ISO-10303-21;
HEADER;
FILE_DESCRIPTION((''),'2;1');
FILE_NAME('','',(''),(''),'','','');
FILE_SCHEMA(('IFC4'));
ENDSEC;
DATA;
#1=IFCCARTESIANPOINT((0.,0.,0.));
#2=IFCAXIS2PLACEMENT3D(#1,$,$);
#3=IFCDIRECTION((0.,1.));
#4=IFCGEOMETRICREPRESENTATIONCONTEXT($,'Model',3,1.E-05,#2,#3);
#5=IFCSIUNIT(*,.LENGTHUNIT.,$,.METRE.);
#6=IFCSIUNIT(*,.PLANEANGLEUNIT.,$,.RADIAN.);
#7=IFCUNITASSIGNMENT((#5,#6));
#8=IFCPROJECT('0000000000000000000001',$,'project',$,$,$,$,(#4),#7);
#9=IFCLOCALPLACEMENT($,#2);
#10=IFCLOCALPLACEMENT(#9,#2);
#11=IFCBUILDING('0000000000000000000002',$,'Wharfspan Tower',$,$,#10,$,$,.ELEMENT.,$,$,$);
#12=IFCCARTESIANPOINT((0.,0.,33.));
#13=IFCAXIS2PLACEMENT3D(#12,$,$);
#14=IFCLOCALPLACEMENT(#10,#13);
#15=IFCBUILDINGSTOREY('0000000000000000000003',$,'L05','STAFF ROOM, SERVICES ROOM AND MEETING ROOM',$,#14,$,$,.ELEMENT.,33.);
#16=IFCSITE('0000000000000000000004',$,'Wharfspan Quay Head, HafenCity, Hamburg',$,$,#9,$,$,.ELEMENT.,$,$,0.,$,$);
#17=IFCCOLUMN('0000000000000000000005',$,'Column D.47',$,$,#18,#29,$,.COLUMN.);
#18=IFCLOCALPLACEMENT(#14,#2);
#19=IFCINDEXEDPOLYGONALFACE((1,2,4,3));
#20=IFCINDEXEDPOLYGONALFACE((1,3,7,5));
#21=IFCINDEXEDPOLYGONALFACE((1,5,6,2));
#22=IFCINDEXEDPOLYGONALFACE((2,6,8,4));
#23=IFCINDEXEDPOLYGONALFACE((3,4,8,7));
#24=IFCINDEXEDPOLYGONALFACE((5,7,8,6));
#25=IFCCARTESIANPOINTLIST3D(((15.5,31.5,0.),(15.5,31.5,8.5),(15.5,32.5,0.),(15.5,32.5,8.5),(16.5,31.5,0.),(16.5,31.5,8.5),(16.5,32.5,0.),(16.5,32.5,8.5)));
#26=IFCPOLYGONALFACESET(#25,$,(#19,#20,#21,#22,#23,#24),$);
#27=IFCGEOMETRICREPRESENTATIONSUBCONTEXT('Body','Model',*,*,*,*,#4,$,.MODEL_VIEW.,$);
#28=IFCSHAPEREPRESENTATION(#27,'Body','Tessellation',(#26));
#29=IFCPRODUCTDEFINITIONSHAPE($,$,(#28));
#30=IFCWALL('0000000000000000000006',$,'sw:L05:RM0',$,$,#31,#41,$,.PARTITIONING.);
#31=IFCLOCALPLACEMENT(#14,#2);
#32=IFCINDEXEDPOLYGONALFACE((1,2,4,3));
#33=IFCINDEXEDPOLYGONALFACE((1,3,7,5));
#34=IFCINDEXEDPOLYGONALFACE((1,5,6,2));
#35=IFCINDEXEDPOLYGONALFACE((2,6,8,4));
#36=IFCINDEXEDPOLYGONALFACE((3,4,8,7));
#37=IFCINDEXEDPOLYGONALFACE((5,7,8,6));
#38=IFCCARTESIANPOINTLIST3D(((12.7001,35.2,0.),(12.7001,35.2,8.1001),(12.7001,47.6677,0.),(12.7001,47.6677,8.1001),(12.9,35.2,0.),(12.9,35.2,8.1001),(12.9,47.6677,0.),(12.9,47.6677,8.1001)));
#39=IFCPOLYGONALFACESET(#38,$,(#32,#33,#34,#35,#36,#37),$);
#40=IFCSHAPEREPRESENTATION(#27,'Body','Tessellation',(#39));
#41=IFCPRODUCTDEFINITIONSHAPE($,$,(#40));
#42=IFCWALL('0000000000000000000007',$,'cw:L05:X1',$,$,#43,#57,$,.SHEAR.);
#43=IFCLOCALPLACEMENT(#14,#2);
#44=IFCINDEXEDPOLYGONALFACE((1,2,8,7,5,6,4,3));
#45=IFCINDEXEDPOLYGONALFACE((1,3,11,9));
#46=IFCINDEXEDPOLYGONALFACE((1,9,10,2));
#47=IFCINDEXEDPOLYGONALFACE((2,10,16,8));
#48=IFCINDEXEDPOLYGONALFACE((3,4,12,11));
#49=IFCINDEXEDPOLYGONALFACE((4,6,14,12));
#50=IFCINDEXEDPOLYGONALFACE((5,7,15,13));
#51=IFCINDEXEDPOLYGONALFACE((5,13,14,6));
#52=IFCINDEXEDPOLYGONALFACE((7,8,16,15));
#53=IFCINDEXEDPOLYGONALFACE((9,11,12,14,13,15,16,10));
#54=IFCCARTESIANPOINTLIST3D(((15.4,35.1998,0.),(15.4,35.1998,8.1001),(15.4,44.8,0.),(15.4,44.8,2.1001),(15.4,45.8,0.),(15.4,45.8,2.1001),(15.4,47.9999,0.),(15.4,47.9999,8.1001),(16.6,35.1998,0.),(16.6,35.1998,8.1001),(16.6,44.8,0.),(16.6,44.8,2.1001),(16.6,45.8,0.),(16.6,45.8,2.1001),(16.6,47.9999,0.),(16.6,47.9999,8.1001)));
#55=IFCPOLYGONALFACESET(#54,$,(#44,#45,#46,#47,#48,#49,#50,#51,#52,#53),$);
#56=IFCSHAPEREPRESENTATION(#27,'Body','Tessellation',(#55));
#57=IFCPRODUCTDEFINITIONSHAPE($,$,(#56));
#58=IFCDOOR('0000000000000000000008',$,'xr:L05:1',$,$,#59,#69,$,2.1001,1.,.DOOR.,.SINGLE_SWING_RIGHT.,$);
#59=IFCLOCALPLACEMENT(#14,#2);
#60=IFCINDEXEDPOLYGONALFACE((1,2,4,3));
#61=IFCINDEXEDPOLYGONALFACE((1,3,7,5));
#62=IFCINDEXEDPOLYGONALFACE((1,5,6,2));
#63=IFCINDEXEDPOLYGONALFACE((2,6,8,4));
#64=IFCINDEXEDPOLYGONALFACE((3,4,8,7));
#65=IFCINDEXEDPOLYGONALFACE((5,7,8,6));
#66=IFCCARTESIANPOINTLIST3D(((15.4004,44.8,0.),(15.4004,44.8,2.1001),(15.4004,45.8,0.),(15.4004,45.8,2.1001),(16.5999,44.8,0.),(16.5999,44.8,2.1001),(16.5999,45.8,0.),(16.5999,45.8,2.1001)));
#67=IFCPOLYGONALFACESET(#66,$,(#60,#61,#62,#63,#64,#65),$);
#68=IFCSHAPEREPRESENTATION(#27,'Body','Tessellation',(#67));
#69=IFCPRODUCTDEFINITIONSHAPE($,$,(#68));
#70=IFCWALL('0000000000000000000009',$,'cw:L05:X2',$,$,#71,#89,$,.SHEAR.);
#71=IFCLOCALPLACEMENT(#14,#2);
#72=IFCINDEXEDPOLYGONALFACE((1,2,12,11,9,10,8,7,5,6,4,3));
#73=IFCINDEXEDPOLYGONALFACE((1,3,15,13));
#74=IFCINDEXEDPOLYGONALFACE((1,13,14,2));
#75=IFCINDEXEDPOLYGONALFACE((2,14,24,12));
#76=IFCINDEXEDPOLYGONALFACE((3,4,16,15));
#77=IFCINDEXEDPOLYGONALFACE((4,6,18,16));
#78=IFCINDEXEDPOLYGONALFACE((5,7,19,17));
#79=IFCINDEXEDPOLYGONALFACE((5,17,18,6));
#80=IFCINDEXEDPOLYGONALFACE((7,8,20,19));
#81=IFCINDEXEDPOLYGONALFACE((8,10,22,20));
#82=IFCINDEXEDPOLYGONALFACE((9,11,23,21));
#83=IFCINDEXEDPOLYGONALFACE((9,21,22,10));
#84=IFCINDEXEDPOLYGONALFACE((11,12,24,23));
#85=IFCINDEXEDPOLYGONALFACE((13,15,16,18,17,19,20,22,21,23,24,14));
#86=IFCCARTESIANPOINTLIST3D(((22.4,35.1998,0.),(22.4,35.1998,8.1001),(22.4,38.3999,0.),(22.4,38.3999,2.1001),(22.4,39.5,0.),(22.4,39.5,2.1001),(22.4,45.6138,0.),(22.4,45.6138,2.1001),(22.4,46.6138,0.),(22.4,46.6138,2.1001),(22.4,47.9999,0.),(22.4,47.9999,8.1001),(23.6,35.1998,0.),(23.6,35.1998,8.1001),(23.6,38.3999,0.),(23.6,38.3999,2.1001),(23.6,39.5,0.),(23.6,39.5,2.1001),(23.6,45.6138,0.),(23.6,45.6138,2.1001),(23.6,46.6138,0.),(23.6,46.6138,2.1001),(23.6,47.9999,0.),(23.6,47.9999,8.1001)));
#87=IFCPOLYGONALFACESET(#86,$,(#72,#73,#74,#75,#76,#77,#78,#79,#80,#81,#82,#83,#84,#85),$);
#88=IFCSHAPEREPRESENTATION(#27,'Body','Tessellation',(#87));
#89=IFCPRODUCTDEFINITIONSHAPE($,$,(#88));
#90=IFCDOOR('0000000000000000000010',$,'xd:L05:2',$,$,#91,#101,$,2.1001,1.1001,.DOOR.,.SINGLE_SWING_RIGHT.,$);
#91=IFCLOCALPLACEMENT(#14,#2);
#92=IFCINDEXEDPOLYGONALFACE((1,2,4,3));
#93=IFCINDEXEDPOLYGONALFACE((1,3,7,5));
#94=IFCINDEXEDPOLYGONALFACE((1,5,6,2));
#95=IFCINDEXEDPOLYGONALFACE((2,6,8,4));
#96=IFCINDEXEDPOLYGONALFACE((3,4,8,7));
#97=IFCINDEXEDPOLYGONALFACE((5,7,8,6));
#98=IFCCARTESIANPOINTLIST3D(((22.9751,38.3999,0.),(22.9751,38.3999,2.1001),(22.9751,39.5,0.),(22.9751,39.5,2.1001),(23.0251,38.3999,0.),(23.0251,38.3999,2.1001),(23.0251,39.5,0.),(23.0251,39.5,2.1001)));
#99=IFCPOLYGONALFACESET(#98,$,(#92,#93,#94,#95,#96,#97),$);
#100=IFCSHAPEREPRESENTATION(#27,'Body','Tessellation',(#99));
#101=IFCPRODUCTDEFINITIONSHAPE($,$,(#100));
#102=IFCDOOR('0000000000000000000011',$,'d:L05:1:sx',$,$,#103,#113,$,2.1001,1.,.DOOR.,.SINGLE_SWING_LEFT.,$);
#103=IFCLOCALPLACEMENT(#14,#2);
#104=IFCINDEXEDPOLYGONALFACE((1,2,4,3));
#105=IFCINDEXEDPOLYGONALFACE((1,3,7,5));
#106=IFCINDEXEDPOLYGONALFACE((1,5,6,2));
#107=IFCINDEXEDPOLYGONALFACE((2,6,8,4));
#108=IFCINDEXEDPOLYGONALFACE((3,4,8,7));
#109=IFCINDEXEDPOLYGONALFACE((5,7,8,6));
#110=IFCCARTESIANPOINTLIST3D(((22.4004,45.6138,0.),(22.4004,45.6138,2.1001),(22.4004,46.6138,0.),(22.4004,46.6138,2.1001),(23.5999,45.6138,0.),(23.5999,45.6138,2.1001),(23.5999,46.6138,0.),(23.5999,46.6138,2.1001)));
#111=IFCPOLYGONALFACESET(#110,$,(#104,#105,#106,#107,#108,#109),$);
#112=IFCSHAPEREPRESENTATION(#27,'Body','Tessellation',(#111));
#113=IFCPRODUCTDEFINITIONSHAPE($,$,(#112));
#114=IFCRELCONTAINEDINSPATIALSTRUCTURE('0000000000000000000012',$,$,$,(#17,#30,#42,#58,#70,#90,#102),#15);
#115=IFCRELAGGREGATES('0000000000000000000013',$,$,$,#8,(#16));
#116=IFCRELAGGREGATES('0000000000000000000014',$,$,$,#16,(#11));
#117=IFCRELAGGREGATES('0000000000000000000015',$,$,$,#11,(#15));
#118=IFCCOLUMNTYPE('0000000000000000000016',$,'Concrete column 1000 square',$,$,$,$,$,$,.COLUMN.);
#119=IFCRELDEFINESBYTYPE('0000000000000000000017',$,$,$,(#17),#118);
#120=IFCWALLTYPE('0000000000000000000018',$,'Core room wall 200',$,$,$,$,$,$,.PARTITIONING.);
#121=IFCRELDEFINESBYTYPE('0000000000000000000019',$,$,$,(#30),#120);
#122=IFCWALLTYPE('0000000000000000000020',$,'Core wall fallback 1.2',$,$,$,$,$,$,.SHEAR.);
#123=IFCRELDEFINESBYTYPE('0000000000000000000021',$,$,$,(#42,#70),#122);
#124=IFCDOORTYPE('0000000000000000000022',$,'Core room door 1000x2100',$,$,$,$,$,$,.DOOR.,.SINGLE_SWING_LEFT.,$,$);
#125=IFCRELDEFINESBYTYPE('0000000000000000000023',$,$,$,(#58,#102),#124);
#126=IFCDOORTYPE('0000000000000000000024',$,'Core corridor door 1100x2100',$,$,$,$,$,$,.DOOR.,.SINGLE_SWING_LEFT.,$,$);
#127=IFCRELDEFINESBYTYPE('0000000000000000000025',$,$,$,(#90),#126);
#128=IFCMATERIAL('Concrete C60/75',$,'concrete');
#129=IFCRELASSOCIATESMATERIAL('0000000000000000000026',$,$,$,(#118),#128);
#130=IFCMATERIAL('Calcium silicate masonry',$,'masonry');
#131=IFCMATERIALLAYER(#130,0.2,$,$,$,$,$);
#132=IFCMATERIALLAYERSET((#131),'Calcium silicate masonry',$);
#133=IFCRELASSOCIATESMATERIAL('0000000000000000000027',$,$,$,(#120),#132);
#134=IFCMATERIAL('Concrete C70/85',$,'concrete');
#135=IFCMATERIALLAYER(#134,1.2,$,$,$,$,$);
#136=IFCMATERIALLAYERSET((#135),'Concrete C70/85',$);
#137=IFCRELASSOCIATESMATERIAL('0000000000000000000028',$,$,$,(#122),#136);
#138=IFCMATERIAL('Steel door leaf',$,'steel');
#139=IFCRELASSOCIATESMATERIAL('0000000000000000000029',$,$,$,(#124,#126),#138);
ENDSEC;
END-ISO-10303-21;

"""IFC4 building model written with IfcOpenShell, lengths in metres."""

from ifc_helpers import new_model, si_unit, direction, frame, frame_2d, origin, origin_2d, place, context, subcontext, project, spatial, rectangle, extrude, material, layer, layer_set, material_profile, profile_set, type_object, element, fill, save


model = new_model("IFC4")

# Units and contexts
model_context = context("Model", 3, precision=1e-05, world=origin(), true_north=direction((0.0, 1.0)))
body_context = subcontext(model_context, "Body", "Model", "MODEL_VIEW")
ifc_project = project(units=[si_unit("LENGTHUNIT", "METRE"), si_unit("PLANEANGLEUNIT", "RADIAN")], contexts=[model_context])

# Site, building, storey
site_placement = place(None, origin())
site = spatial("IfcSite", under=ifc_project, at=site_placement, Name="Wharfspan Quay Head, HafenCity, Hamburg", CompositionType="ELEMENT", RefElevation=0.0)
building_placement = place(site_placement, origin())
building = spatial("IfcBuilding", under=site, at=building_placement, Name="Wharfspan Tower", CompositionType="ELEMENT")
storey_placement = place(building_placement, frame((0.0, 0.0, 33.0)))
storey = spatial("IfcBuildingStorey", under=building, at=storey_placement, Name="L05", Description="STAFF ROOM, SERVICES ROOM AND MEETING ROOM", CompositionType="ELEMENT", Elevation=33.0)

# Column
ifc_material_1 = material(Name="Concrete C60/75", Category="concrete")
ifc_material_profile = material_profile(ifc_material_1, rectangle(XDim=1.0, YDim=1.0, at=origin_2d()))
ifc_profile_set = profile_set([ifc_material_profile], Name="Concrete C60/75")
column_type = type_object("IfcColumnType", Name="Concrete column 1000 square", PredefinedType="COLUMN", material=ifc_profile_set)
column_placement = place(storey_placement, frame((16.0, 32.0, 0.0), z_axis=(0.0, 0.0, 1.0), x_axis=(1.0, 0.0, 0.0)))
element("IfcColumn", 1, at=column_placement, inside=storey, type_object=column_type, Name="Column D.47", PredefinedType="COLUMN", context=body_context, shape_type="SweptSolid", body=[
    extrude(rectangle(XDim=1.0, YDim=1.0, at=origin_2d()), origin(), (0.0, 0.0, 1.0), 8.5),
])

# Wall
ifc_material_2 = material(Name="Calcium silicate masonry", Category="masonry")
ifc_layer_1 = layer(ifc_material_2, 0.2)
ifc_layer_set_1 = layer_set([ifc_layer_1], Name="Calcium silicate masonry")
wall_type_1 = type_object("IfcWallType", Name="Core room wall 200", PredefinedType="PARTITIONING", material=ifc_layer_set_1)
wall_1_placement = place(storey_placement, frame((12.8, 35.2, 0.0), z_axis=(0.0, 0.0, 1.0), x_axis=(0.0, 1.0, 0.0)))
element("IfcWall", 2, at=wall_1_placement, inside=storey, type_object=wall_type_1, Name="sw:L05:RM0", PredefinedType="PARTITIONING", context=body_context, shape_type="SweptSolid", body=[
    extrude(rectangle(XDim=12.4678, YDim=0.2, at=frame_2d((6.2339, 0.0))), origin(), (0.0, 0.0, 1.0), 8.1001),
])

# Wall, opening, door
ifc_material_3 = material(Name="Concrete C70/85", Category="concrete")
ifc_layer_2 = layer(ifc_material_3, 1.2)
ifc_layer_set_2 = layer_set([ifc_layer_2], Name="Concrete C70/85")
wall_type_2 = type_object("IfcWallType", Name="Core wall fallback 1.2", PredefinedType="SHEAR", material=ifc_layer_set_2)
wall_2_placement = place(storey_placement, frame((16.0, 35.2, 0.0), z_axis=(0.0, 0.0, 1.0), x_axis=(0.0, 1.0, 0.0)))
wall_2 = element("IfcWall", 3, at=wall_2_placement, inside=storey, type_object=wall_type_2, Name="cw:L05:X1", PredefinedType="SHEAR", context=body_context, shape_type="SweptSolid", body=[
    extrude(rectangle(XDim=12.8, YDim=1.2, at=frame_2d((6.3999, 0.0))), origin(), (0.0, 0.0, 1.0), 8.1001),
])
opening_1_placement = place(wall_2_placement, frame((9.6001, 0.0, 0.0)))
opening_1 = element("IfcOpeningElement", 4, at=opening_1_placement, cuts=wall_2, PredefinedType="OPENING", context=body_context, shape_type="SweptSolid", body=[
    extrude(rectangle(XDim=1.0, YDim=2.1001, at=frame_2d((0.5, 1.05))), frame((0.0, 0.6099, 0.0), z_axis=(0.0, -1.0, 0.0), x_axis=(1.0, 0.0, 0.0)), (0.0, 0.0, 1.0), 1.22),
])
ifc_material_4 = material(Name="Steel door leaf", Category="steel")
door_type_1 = type_object("IfcDoorType", Name="Core room door 1000x2100", OperationType="SINGLE_SWING_LEFT", PredefinedType="DOOR", material=ifc_material_4)
door_1_placement = place(opening_1_placement, origin())
door_1 = element("IfcDoor", 5, at=door_1_placement, inside=storey, type_object=door_type_1, Name="xr:L05:1", OperationType="SINGLE_SWING_RIGHT", OverallHeight=2.1001, OverallWidth=1.0, PredefinedType="DOOR", context=body_context, shape_type="SweptSolid", body=[
    extrude(rectangle(XDim=1.0, YDim=2.1001, at=frame_2d((0.5, 1.05))), frame((0.0, 0.5996, 0.0), z_axis=(0.0, -1.0, 0.0), x_axis=(1.0, 0.0, 0.0)), (0.0, 0.0, 1.0), 1.1995),
])
fill(opening_1, door_1)

# Wall, openings, doors
wall_3_placement = place(storey_placement, frame((23.0, 35.2, 0.0), z_axis=(0.0, 0.0, 1.0), x_axis=(0.0, 1.0, 0.0)))
wall_3 = element("IfcWall", 6, at=wall_3_placement, inside=storey, type_object=wall_type_2, Name="cw:L05:X2", PredefinedType="SHEAR", context=body_context, shape_type="SweptSolid", body=[
    extrude(rectangle(XDim=12.8, YDim=1.2, at=frame_2d((6.3999, 0.0))), origin(), (0.0, 0.0, 1.0), 8.1001),
])
opening_2_placement = place(wall_3_placement, frame((10.4138, 0.0, 0.0)))
opening_2 = element("IfcOpeningElement", 7, at=opening_2_placement, cuts=wall_3, PredefinedType="OPENING", context=body_context, shape_type="SweptSolid", body=[
    extrude(rectangle(XDim=1.0, YDim=2.1001, at=frame_2d((0.5, 1.05))), frame((0.0, 0.6099, 0.0), z_axis=(0.0, -1.0, 0.0), x_axis=(1.0, 0.0, 0.0)), (0.0, 0.0, 1.0), 1.22),
])
opening_3_placement = place(wall_3_placement, frame((3.2, 0.0, 0.0)))
opening_3 = element("IfcOpeningElement", 8, at=opening_3_placement, cuts=wall_3, PredefinedType="OPENING", context=body_context, shape_type="SweptSolid", body=[
    extrude(rectangle(XDim=1.1001, YDim=2.1001, at=frame_2d((0.55, 1.05))), frame((0.0, 0.6099, 0.0), z_axis=(0.0, -1.0, 0.0), x_axis=(1.0, 0.0, 0.0)), (0.0, 0.0, 1.0), 1.22),
])
door_type_2 = type_object("IfcDoorType", Name="Core corridor door 1100x2100", OperationType="SINGLE_SWING_LEFT", PredefinedType="DOOR", material=ifc_material_4)
door_2_placement = place(opening_3_placement, origin())
door_2 = element("IfcDoor", 9, at=door_2_placement, inside=storey, type_object=door_type_2, Name="xd:L05:2", OperationType="SINGLE_SWING_RIGHT", OverallHeight=2.1001, OverallWidth=1.1001, PredefinedType="DOOR", context=body_context, shape_type="SweptSolid", body=[
    extrude(rectangle(XDim=1.1001, YDim=2.1001, at=frame_2d((0.55, 1.05))), frame((0.0, 0.0249, 0.0), z_axis=(0.0, -1.0, 0.0), x_axis=(1.0, 0.0, 0.0)), (0.0, 0.0, 1.0), 0.05),
])
fill(opening_3, door_2)
door_3_placement = place(opening_2_placement, origin())
door_3 = element("IfcDoor", 10, at=door_3_placement, inside=storey, type_object=door_type_1, Name="d:L05:1:sx", OperationType="SINGLE_SWING_LEFT", OverallHeight=2.1001, OverallWidth=1.0, PredefinedType="DOOR", context=body_context, shape_type="SweptSolid", body=[
    extrude(rectangle(XDim=1.0, YDim=2.1001, at=frame_2d((0.5, 1.05))), frame((0.0, 0.5996, 0.0), z_axis=(0.0, -1.0, 0.0), x_axis=(1.0, 0.0, 0.0)), (0.0, 0.0, 1.0), 1.1995),
])
fill(opening_2, door_3)

save(model, "model.ifc")
